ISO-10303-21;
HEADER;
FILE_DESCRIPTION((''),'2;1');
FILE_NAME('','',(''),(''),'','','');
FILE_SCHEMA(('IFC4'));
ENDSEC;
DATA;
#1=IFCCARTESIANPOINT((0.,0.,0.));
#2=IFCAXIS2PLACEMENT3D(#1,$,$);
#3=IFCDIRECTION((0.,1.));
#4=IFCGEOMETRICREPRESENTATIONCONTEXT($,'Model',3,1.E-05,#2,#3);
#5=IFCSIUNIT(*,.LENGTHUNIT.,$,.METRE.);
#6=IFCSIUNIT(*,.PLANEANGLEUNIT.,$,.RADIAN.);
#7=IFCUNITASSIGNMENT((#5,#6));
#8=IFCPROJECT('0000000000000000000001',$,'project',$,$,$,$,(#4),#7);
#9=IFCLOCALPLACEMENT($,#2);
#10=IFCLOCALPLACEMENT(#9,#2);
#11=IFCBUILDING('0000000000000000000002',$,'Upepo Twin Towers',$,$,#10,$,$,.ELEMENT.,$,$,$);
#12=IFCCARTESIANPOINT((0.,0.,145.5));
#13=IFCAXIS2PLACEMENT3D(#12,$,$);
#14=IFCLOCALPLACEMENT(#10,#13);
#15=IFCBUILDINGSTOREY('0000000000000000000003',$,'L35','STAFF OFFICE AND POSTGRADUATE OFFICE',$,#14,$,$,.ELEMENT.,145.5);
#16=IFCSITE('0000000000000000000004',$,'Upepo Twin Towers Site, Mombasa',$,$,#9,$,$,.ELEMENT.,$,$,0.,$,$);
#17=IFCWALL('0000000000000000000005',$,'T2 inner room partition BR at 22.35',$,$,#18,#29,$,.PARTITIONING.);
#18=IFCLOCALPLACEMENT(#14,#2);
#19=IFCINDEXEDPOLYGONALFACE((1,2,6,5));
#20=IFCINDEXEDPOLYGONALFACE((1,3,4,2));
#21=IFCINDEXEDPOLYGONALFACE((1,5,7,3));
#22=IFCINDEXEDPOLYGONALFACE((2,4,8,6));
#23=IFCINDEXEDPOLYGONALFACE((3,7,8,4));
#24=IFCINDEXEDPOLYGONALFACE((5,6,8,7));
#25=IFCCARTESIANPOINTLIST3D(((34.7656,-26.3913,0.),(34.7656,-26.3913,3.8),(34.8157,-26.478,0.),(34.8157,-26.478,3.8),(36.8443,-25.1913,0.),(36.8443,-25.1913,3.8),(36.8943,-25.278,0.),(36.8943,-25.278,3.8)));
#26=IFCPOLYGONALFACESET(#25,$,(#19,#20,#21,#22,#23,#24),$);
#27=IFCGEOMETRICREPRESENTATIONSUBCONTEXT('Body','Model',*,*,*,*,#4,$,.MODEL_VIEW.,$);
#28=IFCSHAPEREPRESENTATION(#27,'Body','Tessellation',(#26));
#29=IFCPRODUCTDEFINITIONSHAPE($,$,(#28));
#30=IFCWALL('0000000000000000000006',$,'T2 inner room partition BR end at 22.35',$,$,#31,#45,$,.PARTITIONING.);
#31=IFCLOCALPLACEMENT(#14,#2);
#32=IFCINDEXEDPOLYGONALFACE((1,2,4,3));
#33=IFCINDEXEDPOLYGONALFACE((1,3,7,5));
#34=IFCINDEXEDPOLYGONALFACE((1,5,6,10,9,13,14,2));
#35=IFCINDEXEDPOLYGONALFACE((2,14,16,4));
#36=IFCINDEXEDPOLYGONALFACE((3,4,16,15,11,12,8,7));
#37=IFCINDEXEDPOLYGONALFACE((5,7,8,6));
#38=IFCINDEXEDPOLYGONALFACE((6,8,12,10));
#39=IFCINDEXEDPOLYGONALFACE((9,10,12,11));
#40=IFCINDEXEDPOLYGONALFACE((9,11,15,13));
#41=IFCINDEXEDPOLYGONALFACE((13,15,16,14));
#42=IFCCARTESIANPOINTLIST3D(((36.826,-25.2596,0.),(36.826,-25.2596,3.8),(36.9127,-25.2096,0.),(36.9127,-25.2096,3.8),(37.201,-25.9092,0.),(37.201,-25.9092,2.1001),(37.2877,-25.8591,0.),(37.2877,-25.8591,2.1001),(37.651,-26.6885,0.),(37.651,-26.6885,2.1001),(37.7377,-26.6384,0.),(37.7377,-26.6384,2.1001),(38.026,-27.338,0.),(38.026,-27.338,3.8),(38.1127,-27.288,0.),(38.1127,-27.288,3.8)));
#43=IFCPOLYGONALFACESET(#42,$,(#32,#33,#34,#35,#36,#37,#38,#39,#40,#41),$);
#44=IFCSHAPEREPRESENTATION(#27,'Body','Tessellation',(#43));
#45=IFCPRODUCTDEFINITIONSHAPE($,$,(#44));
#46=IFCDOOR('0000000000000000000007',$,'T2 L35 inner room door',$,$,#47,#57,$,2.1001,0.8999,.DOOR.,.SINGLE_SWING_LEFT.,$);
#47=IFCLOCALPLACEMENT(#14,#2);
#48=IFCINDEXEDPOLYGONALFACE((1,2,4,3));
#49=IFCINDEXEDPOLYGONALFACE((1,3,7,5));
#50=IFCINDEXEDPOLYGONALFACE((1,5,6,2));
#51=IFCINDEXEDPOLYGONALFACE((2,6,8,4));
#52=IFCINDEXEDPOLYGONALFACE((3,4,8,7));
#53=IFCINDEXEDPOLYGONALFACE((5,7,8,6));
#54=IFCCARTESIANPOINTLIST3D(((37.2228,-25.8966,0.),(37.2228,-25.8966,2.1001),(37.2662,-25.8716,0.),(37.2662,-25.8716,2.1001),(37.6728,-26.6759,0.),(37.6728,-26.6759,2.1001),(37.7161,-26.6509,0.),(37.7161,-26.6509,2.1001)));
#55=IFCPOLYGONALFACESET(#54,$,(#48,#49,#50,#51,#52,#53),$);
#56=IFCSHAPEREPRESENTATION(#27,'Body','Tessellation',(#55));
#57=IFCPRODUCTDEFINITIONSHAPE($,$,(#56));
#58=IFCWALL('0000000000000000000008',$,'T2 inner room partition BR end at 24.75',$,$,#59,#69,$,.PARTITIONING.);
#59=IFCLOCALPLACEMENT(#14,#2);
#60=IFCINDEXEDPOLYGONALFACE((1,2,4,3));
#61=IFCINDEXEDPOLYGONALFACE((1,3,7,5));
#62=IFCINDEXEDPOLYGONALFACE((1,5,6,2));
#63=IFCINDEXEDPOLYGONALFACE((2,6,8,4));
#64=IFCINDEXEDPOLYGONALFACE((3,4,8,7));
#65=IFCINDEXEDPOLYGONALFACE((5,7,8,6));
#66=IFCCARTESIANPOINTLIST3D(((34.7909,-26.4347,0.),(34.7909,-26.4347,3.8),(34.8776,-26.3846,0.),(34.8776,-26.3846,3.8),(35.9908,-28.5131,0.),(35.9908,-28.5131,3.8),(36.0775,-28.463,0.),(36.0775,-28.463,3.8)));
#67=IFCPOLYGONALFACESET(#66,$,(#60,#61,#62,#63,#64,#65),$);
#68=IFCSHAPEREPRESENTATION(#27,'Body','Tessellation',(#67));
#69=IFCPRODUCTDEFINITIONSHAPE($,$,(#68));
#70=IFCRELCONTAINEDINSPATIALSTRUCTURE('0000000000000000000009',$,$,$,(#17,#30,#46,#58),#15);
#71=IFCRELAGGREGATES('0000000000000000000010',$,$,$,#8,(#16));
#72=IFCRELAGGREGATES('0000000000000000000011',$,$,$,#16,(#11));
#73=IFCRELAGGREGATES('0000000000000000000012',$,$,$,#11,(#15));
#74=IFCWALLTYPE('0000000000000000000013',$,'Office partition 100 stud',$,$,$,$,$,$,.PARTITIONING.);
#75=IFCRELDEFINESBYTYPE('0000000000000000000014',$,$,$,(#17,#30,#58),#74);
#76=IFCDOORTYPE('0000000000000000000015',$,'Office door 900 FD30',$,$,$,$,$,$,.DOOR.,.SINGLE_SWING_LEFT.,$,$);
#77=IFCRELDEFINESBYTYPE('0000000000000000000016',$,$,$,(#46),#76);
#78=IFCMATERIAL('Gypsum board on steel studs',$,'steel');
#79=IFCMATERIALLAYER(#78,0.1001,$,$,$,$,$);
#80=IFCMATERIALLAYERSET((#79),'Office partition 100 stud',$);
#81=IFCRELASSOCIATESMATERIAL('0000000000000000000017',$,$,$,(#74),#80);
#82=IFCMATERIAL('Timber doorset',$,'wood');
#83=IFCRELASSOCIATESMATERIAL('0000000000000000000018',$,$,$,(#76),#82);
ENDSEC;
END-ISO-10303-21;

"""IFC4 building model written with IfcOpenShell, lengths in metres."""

from ifc_helpers import new_model, si_unit, direction, frame, frame_2d, origin, place, context, subcontext, project, spatial, rectangle, extrude, material, layer, layer_set, type_object, element, fill, save


model = new_model("IFC4")

# Units and contexts
model_context = context("Model", 3, precision=1e-05, world=origin(), true_north=direction((0.0, 1.0)))
body_context = subcontext(model_context, "Body", "Model", "MODEL_VIEW")
ifc_project = project(units=[si_unit("LENGTHUNIT", "METRE"), si_unit("PLANEANGLEUNIT", "RADIAN")], contexts=[model_context])

# Site, building, storey
site_placement = place(None, origin())
site = spatial("IfcSite", under=ifc_project, at=site_placement, Name="Upepo Twin Towers Site, Mombasa", CompositionType="ELEMENT", RefElevation=0.0)
building_placement = place(site_placement, origin())
building = spatial("IfcBuilding", under=site, at=building_placement, Name="Upepo Twin Towers", CompositionType="ELEMENT")
storey_placement = place(building_placement, frame((0.0, 0.0, 145.5)))
storey = spatial("IfcBuildingStorey", under=building, at=storey_placement, Name="L35", Description="STAFF OFFICE AND POSTGRADUATE OFFICE", CompositionType="ELEMENT", Elevation=145.5)

# Shared definitions
ifc_material_1 = material(Name="Gypsum board on steel studs", Category="steel")
ifc_layer_1 = layer(ifc_material_1, 0.1001)
ifc_layer_set_1 = layer_set([ifc_layer_1], Name="Office partition 100 stud")
wall_type_1 = type_object("IfcWallType", Name="Office partition 100 stud", PredefinedType="PARTITIONING", material=ifc_layer_set_1)
ifc_material_2 = material(Name="Timber doorset", Category="wood")
door_type = type_object("IfcDoorType", Name="Office door 900 FD30", OperationType="SINGLE_SWING_LEFT", PredefinedType="DOOR", material=ifc_material_2)

# Wall
wall_1_placement = place(storey_placement, frame((36.8694, -25.2346, 0.0), z_axis=(0.0, 0.0, 1.0), x_axis=(-0.86605, -0.499957, 0.0)))
element("IfcWall", 1, at=wall_1_placement, inside=storey, type_object=wall_type_1, Name="T2 inner room partition BR at 22.35", PredefinedType="PARTITIONING", context=body_context, shape_type="SweptSolid", body=[
    extrude(rectangle(XDim=2.4001, YDim=0.1001, at=frame_2d((1.2002, 0.0))), origin(), (0.0, 0.0, 1.0), 3.8),
])

# Wall, opening, door
wall_2_placement = place(storey_placement, frame((38.0693, -27.313, 0.0), z_axis=(0.0, 0.0, 1.0), x_axis=(-0.500001, 0.866025, 0.0)))
wall_2 = element("IfcWall", 2, at=wall_2_placement, inside=storey, type_object=wall_type_1, Name="T2 inner room partition BR end at 22.35", PredefinedType="PARTITIONING", context=body_context, shape_type="SweptSolid", body=[
    extrude(rectangle(XDim=2.3999, YDim=0.1001, at=frame_2d((1.2, 0.0))), origin(), (0.0, 0.0, 1.0), 3.8),
])
opening_1_placement = place(wall_2_placement, frame((0.75, 0.0, 0.0)))
opening_1 = element("IfcOpeningElement", 3, at=opening_1_placement, cuts=wall_2, PredefinedType="OPENING", context=body_context, shape_type="SweptSolid", body=[
    extrude(rectangle(XDim=0.8999, YDim=2.1001, at=frame_2d((0.45, 1.05))), frame((0.0, 0.0601, 0.0), z_axis=(0.0, -1.0, 0.0), x_axis=(1.0, 0.0, 0.0)), (0.0, 0.0, 1.0), 0.1201),
])
door_1_placement = place(opening_1_placement, origin())
door_1 = element("IfcDoor", 4, at=door_1_placement, inside=storey, type_object=door_type, Name="T2 L35 inner room door", OperationType="SINGLE_SWING_LEFT", OverallHeight=2.1001, OverallWidth=0.8999, PredefinedType="DOOR", context=body_context, shape_type="SweptSolid", body=[
    extrude(rectangle(XDim=0.8999, YDim=2.1001, at=frame_2d((0.45, 1.05))), frame((0.0, 0.0249, 0.0), z_axis=(0.0, -1.0, 0.0), x_axis=(1.0, 0.0, 0.0)), (0.0, 0.0, 1.0), 0.05),
])
fill(opening_1, door_1)

# Wall
wall_3_placement = place(storey_placement, frame((36.0342, -28.488, 0.0), z_axis=(0.0, 0.0, 1.0), x_axis=(-0.500001, 0.866025, 0.0)))
element("IfcWall", 5, at=wall_3_placement, inside=storey, type_object=wall_type_1, Name="T2 inner room partition BR end at 24.75", PredefinedType="PARTITIONING", context=body_context, shape_type="SweptSolid", body=[
    extrude(rectangle(XDim=2.3999, YDim=0.1001, at=frame_2d((1.2, 0.0))), origin(), (0.0, 0.0, 1.0), 3.8),
])

save(model, "model.ifc")
